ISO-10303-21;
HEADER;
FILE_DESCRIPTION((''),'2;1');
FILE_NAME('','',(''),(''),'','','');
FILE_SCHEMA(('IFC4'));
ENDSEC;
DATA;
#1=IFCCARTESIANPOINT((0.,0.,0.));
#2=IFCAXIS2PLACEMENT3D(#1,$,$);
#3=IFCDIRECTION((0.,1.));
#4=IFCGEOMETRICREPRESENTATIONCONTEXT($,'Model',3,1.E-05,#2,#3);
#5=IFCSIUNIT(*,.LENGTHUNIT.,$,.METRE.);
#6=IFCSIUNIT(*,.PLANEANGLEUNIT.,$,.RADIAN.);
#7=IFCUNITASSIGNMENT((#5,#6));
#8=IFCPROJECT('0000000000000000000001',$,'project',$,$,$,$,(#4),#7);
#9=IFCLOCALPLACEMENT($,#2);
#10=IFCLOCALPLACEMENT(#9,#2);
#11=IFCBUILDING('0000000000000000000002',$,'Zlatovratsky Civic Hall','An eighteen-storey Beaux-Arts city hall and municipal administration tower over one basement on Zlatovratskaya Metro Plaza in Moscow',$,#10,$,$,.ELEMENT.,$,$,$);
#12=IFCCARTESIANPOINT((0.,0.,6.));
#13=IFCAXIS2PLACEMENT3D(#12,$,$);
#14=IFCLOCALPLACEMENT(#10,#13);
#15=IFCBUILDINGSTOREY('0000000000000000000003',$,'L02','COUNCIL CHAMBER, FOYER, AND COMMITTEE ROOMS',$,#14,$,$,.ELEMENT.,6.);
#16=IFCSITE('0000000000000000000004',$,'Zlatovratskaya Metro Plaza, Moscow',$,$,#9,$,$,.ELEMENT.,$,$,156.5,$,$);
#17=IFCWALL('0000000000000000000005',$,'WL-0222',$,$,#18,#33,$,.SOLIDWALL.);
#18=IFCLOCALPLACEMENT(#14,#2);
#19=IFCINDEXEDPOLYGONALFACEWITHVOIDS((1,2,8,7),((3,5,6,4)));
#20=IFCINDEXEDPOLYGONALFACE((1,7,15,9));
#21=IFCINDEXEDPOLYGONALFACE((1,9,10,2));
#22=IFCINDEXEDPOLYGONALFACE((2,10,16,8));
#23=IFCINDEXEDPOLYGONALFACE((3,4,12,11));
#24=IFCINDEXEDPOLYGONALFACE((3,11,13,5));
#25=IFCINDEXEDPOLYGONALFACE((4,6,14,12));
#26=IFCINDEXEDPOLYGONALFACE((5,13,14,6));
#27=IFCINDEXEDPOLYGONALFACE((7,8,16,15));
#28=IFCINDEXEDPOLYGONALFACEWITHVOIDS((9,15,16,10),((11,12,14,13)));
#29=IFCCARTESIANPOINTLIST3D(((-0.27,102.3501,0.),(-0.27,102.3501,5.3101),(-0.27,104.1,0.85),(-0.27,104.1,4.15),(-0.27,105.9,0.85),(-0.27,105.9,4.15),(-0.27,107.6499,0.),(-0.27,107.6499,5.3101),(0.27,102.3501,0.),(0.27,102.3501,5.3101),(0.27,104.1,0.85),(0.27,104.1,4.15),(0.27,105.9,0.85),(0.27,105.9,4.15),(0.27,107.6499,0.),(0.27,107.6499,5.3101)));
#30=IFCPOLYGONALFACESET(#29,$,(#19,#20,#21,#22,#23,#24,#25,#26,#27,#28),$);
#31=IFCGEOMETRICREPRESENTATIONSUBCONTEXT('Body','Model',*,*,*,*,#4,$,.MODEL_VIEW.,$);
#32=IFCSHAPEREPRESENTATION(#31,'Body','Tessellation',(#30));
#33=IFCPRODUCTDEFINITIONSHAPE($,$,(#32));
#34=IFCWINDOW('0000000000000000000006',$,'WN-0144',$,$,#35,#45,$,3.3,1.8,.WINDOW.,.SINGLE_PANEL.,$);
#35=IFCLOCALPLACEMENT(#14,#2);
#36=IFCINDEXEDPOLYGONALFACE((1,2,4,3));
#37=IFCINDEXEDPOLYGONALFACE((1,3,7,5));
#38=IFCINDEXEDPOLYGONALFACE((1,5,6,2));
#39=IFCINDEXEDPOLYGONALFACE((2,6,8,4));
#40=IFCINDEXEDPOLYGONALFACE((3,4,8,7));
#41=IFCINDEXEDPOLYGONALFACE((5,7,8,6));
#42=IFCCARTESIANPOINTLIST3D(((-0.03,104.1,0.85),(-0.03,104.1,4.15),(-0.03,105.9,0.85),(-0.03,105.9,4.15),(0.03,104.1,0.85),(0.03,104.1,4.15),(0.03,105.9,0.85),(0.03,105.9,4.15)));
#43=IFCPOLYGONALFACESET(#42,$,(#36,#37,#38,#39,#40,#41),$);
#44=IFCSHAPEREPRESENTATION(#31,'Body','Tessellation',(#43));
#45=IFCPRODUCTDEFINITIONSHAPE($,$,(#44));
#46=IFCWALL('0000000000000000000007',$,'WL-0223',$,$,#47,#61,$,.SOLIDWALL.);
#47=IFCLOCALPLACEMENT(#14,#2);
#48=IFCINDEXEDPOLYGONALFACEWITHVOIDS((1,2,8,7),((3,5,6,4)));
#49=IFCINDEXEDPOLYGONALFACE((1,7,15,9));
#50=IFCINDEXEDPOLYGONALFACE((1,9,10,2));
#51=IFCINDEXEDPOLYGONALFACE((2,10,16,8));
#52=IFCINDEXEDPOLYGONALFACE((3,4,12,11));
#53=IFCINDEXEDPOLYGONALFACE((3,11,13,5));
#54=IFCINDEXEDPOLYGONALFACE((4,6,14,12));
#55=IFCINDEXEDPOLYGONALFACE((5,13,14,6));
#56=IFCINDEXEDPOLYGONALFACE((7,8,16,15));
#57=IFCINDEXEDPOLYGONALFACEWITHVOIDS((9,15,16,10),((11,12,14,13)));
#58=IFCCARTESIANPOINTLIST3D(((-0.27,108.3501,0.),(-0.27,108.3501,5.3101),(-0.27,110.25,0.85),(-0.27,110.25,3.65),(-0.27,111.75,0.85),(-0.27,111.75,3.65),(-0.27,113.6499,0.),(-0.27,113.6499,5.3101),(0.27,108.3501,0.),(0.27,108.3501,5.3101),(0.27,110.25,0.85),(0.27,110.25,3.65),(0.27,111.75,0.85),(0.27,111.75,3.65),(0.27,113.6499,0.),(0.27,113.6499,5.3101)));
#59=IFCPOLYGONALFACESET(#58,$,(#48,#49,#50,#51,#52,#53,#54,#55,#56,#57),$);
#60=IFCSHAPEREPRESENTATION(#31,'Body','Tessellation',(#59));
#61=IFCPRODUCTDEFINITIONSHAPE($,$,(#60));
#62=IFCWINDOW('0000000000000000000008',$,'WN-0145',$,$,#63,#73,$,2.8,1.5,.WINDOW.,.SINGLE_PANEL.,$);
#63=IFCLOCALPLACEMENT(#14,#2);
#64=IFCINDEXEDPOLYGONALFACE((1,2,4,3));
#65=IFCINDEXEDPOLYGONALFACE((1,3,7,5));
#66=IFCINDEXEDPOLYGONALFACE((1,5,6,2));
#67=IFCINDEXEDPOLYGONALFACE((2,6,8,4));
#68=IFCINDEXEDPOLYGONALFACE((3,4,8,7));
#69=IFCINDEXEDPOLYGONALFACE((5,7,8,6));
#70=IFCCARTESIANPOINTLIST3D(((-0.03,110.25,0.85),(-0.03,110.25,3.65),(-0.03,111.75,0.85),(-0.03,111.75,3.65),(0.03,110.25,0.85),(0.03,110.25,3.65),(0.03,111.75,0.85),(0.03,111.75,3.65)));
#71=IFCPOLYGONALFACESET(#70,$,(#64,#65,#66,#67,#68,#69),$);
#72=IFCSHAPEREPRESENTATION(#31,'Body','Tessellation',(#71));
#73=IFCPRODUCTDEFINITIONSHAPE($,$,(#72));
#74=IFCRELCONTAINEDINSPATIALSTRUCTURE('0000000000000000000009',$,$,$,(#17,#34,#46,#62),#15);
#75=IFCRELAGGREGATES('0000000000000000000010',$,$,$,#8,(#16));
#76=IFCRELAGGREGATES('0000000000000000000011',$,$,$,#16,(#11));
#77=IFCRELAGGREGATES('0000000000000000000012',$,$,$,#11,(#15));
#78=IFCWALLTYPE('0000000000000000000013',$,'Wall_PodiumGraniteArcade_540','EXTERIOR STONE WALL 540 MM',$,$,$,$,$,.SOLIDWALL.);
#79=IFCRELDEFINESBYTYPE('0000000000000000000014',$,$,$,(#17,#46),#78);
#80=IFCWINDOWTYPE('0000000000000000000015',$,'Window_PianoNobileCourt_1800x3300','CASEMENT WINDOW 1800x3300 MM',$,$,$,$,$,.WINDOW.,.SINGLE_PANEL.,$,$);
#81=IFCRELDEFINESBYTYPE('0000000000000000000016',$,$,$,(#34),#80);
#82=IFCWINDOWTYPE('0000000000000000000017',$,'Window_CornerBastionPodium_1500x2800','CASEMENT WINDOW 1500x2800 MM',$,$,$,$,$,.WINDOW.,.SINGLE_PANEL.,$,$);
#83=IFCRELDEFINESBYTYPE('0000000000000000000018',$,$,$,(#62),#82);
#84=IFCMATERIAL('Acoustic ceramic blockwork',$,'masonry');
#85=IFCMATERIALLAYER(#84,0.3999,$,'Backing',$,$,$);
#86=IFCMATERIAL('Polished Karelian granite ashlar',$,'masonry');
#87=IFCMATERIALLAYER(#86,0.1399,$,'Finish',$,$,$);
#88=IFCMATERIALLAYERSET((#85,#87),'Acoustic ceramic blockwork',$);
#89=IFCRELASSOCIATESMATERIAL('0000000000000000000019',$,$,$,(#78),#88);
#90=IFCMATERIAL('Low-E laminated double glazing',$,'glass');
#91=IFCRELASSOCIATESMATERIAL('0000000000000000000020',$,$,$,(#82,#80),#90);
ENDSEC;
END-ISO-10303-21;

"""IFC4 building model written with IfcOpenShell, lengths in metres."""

from ifc_helpers import new_model, si_unit, direction, frame, frame_2d, origin, place, context, subcontext, project, spatial, rectangle, extrude, material, layer, layer_set, type_object, element, fill, save


model = new_model("IFC4")

# Units and contexts
model_context = context("Model", 3, precision=1e-05, world=origin(), true_north=direction((0.0, 1.0)))
body_context = subcontext(model_context, "Body", "Model", "MODEL_VIEW")
ifc_project = project(units=[si_unit("LENGTHUNIT", "METRE"), si_unit("PLANEANGLEUNIT", "RADIAN")], contexts=[model_context])

# Site, building, storey
site_placement = place(None, origin())
site = spatial("IfcSite", under=ifc_project, at=site_placement, Name="Zlatovratskaya Metro Plaza, Moscow", CompositionType="ELEMENT", RefElevation=156.5)
building_placement = place(site_placement, origin())
building = spatial("IfcBuilding", under=site, at=building_placement, Name="Zlatovratsky Civic Hall", Description="An eighteen-storey Beaux-Arts city hall and municipal administration tower over one basement on Zlatovratskaya Metro Plaza in Moscow", CompositionType="ELEMENT")
storey_placement = place(building_placement, frame((0.0, 0.0, 6.0)))
storey = spatial("IfcBuildingStorey", under=building, at=storey_placement, Name="L02", Description="COUNCIL CHAMBER, FOYER, AND COMMITTEE ROOMS", CompositionType="ELEMENT", Elevation=6.0)

# Shared definitions
ifc_material_1 = material(Name="Acoustic ceramic blockwork", Category="masonry")
ifc_layer_1 = layer(ifc_material_1, 0.3999, Name="Backing")
ifc_material_2 = material(Name="Polished Karelian granite ashlar", Category="masonry")
ifc_layer_2 = layer(ifc_material_2, 0.1399, Name="Finish")
ifc_layer_set = layer_set([ifc_layer_1, ifc_layer_2], Name="Acoustic ceramic blockwork")
wall_type = type_object("IfcWallType", Name="Wall_PodiumGraniteArcade_540", Description="EXTERIOR STONE WALL 540 MM", PredefinedType="SOLIDWALL", material=ifc_layer_set)
ifc_material_3 = material(Name="Low-E laminated double glazing", Category="glass")
window_type_1 = type_object("IfcWindowType", Name="Window_CornerBastionPodium_1500x2800", Description="CASEMENT WINDOW 1500x2800 MM", PartitioningType="SINGLE_PANEL", PredefinedType="WINDOW", material=ifc_material_3)

# Walls, openings, windows
wall_1_placement = place(storey_placement, frame((0.0, 102.3501, 0.0), z_axis=(0.0, 0.0, 1.0), x_axis=(0.0, 1.0, 0.0)))
wall_1 = element("IfcWall", 1, at=wall_1_placement, inside=storey, type_object=wall_type, Name="WL-0222", PredefinedType="SOLIDWALL", context=body_context, shape_type="SweptSolid", body=[
    extrude(rectangle(XDim=5.2998, YDim=0.54, at=frame_2d((2.6499, 0.0))), origin(), (0.0, 0.0, 1.0), 5.3101),
])
opening_1_placement = place(wall_1_placement, frame((1.75, 0.0, 0.8501)))
opening_1 = element("IfcOpeningElement", 2, at=opening_1_placement, cuts=wall_1, PredefinedType="OPENING", context=body_context, shape_type="SweptSolid", body=[
    extrude(rectangle(XDim=1.8, YDim=3.3, at=frame_2d((0.8999, 1.6499))), frame((0.0, 0.2849, 0.0), z_axis=(0.0, -1.0, 0.0), x_axis=(1.0, 0.0, 0.0)), (0.0, 0.0, 1.0), 0.5698),
])
window_type_2 = type_object("IfcWindowType", Name="Window_PianoNobileCourt_1800x3300", Description="CASEMENT WINDOW 1800x3300 MM", PartitioningType="SINGLE_PANEL", PredefinedType="WINDOW", material=ifc_material_3)
window_1_placement = place(opening_1_placement, origin())
window_1 = element("IfcWindow", 3, at=window_1_placement, inside=storey, type_object=window_type_2, Name="WN-0144", OverallHeight=3.3, OverallWidth=1.8, PartitioningType="SINGLE_PANEL", PredefinedType="WINDOW", context=body_context, shape_type="SweptSolid", body=[
    extrude(rectangle(XDim=1.8, YDim=3.3, at=frame_2d((0.8999, 1.6499))), frame((0.0, 0.03, 0.0), z_axis=(0.0, -1.0, 0.0), x_axis=(1.0, 0.0, 0.0)), (0.0, 0.0, 1.0), 0.0601),
])
fill(opening_1, window_1)
wall_2_placement = place(storey_placement, frame((0.0, 108.3501, 0.0), z_axis=(0.0, 0.0, 1.0), x_axis=(0.0, 1.0, 0.0)))
wall_2 = element("IfcWall", 4, at=wall_2_placement, inside=storey, type_object=wall_type, Name="WL-0223", PredefinedType="SOLIDWALL", context=body_context, shape_type="SweptSolid", body=[
    extrude(rectangle(XDim=5.2998, YDim=0.54, at=frame_2d((2.6499, 0.0))), origin(), (0.0, 0.0, 1.0), 5.3101),
])
opening_2_placement = place(wall_2_placement, frame((1.8999, 0.0, 0.8501)))
opening_2 = element("IfcOpeningElement", 5, at=opening_2_placement, cuts=wall_2, PredefinedType="OPENING", context=body_context, shape_type="SweptSolid", body=[
    extrude(rectangle(XDim=1.5, YDim=2.8, at=frame_2d((0.75, 1.3999))), frame((0.0, 0.2849, 0.0), z_axis=(0.0, -1.0, 0.0), x_axis=(1.0, 0.0, 0.0)), (0.0, 0.0, 1.0), 0.5698),
])
window_2_placement = place(opening_2_placement, origin())
window_2 = element("IfcWindow", 6, at=window_2_placement, inside=storey, type_object=window_type_1, Name="WN-0145", OverallHeight=2.8, OverallWidth=1.5, PartitioningType="SINGLE_PANEL", PredefinedType="WINDOW", context=body_context, shape_type="SweptSolid", body=[
    extrude(rectangle(XDim=1.5, YDim=2.8, at=frame_2d((0.75, 1.3999))), frame((0.0, 0.03, 0.0), z_axis=(0.0, -1.0, 0.0), x_axis=(1.0, 0.0, 0.0)), (0.0, 0.0, 1.0), 0.0601),
])
fill(opening_2, window_2)

save(model, "model.ifc")
